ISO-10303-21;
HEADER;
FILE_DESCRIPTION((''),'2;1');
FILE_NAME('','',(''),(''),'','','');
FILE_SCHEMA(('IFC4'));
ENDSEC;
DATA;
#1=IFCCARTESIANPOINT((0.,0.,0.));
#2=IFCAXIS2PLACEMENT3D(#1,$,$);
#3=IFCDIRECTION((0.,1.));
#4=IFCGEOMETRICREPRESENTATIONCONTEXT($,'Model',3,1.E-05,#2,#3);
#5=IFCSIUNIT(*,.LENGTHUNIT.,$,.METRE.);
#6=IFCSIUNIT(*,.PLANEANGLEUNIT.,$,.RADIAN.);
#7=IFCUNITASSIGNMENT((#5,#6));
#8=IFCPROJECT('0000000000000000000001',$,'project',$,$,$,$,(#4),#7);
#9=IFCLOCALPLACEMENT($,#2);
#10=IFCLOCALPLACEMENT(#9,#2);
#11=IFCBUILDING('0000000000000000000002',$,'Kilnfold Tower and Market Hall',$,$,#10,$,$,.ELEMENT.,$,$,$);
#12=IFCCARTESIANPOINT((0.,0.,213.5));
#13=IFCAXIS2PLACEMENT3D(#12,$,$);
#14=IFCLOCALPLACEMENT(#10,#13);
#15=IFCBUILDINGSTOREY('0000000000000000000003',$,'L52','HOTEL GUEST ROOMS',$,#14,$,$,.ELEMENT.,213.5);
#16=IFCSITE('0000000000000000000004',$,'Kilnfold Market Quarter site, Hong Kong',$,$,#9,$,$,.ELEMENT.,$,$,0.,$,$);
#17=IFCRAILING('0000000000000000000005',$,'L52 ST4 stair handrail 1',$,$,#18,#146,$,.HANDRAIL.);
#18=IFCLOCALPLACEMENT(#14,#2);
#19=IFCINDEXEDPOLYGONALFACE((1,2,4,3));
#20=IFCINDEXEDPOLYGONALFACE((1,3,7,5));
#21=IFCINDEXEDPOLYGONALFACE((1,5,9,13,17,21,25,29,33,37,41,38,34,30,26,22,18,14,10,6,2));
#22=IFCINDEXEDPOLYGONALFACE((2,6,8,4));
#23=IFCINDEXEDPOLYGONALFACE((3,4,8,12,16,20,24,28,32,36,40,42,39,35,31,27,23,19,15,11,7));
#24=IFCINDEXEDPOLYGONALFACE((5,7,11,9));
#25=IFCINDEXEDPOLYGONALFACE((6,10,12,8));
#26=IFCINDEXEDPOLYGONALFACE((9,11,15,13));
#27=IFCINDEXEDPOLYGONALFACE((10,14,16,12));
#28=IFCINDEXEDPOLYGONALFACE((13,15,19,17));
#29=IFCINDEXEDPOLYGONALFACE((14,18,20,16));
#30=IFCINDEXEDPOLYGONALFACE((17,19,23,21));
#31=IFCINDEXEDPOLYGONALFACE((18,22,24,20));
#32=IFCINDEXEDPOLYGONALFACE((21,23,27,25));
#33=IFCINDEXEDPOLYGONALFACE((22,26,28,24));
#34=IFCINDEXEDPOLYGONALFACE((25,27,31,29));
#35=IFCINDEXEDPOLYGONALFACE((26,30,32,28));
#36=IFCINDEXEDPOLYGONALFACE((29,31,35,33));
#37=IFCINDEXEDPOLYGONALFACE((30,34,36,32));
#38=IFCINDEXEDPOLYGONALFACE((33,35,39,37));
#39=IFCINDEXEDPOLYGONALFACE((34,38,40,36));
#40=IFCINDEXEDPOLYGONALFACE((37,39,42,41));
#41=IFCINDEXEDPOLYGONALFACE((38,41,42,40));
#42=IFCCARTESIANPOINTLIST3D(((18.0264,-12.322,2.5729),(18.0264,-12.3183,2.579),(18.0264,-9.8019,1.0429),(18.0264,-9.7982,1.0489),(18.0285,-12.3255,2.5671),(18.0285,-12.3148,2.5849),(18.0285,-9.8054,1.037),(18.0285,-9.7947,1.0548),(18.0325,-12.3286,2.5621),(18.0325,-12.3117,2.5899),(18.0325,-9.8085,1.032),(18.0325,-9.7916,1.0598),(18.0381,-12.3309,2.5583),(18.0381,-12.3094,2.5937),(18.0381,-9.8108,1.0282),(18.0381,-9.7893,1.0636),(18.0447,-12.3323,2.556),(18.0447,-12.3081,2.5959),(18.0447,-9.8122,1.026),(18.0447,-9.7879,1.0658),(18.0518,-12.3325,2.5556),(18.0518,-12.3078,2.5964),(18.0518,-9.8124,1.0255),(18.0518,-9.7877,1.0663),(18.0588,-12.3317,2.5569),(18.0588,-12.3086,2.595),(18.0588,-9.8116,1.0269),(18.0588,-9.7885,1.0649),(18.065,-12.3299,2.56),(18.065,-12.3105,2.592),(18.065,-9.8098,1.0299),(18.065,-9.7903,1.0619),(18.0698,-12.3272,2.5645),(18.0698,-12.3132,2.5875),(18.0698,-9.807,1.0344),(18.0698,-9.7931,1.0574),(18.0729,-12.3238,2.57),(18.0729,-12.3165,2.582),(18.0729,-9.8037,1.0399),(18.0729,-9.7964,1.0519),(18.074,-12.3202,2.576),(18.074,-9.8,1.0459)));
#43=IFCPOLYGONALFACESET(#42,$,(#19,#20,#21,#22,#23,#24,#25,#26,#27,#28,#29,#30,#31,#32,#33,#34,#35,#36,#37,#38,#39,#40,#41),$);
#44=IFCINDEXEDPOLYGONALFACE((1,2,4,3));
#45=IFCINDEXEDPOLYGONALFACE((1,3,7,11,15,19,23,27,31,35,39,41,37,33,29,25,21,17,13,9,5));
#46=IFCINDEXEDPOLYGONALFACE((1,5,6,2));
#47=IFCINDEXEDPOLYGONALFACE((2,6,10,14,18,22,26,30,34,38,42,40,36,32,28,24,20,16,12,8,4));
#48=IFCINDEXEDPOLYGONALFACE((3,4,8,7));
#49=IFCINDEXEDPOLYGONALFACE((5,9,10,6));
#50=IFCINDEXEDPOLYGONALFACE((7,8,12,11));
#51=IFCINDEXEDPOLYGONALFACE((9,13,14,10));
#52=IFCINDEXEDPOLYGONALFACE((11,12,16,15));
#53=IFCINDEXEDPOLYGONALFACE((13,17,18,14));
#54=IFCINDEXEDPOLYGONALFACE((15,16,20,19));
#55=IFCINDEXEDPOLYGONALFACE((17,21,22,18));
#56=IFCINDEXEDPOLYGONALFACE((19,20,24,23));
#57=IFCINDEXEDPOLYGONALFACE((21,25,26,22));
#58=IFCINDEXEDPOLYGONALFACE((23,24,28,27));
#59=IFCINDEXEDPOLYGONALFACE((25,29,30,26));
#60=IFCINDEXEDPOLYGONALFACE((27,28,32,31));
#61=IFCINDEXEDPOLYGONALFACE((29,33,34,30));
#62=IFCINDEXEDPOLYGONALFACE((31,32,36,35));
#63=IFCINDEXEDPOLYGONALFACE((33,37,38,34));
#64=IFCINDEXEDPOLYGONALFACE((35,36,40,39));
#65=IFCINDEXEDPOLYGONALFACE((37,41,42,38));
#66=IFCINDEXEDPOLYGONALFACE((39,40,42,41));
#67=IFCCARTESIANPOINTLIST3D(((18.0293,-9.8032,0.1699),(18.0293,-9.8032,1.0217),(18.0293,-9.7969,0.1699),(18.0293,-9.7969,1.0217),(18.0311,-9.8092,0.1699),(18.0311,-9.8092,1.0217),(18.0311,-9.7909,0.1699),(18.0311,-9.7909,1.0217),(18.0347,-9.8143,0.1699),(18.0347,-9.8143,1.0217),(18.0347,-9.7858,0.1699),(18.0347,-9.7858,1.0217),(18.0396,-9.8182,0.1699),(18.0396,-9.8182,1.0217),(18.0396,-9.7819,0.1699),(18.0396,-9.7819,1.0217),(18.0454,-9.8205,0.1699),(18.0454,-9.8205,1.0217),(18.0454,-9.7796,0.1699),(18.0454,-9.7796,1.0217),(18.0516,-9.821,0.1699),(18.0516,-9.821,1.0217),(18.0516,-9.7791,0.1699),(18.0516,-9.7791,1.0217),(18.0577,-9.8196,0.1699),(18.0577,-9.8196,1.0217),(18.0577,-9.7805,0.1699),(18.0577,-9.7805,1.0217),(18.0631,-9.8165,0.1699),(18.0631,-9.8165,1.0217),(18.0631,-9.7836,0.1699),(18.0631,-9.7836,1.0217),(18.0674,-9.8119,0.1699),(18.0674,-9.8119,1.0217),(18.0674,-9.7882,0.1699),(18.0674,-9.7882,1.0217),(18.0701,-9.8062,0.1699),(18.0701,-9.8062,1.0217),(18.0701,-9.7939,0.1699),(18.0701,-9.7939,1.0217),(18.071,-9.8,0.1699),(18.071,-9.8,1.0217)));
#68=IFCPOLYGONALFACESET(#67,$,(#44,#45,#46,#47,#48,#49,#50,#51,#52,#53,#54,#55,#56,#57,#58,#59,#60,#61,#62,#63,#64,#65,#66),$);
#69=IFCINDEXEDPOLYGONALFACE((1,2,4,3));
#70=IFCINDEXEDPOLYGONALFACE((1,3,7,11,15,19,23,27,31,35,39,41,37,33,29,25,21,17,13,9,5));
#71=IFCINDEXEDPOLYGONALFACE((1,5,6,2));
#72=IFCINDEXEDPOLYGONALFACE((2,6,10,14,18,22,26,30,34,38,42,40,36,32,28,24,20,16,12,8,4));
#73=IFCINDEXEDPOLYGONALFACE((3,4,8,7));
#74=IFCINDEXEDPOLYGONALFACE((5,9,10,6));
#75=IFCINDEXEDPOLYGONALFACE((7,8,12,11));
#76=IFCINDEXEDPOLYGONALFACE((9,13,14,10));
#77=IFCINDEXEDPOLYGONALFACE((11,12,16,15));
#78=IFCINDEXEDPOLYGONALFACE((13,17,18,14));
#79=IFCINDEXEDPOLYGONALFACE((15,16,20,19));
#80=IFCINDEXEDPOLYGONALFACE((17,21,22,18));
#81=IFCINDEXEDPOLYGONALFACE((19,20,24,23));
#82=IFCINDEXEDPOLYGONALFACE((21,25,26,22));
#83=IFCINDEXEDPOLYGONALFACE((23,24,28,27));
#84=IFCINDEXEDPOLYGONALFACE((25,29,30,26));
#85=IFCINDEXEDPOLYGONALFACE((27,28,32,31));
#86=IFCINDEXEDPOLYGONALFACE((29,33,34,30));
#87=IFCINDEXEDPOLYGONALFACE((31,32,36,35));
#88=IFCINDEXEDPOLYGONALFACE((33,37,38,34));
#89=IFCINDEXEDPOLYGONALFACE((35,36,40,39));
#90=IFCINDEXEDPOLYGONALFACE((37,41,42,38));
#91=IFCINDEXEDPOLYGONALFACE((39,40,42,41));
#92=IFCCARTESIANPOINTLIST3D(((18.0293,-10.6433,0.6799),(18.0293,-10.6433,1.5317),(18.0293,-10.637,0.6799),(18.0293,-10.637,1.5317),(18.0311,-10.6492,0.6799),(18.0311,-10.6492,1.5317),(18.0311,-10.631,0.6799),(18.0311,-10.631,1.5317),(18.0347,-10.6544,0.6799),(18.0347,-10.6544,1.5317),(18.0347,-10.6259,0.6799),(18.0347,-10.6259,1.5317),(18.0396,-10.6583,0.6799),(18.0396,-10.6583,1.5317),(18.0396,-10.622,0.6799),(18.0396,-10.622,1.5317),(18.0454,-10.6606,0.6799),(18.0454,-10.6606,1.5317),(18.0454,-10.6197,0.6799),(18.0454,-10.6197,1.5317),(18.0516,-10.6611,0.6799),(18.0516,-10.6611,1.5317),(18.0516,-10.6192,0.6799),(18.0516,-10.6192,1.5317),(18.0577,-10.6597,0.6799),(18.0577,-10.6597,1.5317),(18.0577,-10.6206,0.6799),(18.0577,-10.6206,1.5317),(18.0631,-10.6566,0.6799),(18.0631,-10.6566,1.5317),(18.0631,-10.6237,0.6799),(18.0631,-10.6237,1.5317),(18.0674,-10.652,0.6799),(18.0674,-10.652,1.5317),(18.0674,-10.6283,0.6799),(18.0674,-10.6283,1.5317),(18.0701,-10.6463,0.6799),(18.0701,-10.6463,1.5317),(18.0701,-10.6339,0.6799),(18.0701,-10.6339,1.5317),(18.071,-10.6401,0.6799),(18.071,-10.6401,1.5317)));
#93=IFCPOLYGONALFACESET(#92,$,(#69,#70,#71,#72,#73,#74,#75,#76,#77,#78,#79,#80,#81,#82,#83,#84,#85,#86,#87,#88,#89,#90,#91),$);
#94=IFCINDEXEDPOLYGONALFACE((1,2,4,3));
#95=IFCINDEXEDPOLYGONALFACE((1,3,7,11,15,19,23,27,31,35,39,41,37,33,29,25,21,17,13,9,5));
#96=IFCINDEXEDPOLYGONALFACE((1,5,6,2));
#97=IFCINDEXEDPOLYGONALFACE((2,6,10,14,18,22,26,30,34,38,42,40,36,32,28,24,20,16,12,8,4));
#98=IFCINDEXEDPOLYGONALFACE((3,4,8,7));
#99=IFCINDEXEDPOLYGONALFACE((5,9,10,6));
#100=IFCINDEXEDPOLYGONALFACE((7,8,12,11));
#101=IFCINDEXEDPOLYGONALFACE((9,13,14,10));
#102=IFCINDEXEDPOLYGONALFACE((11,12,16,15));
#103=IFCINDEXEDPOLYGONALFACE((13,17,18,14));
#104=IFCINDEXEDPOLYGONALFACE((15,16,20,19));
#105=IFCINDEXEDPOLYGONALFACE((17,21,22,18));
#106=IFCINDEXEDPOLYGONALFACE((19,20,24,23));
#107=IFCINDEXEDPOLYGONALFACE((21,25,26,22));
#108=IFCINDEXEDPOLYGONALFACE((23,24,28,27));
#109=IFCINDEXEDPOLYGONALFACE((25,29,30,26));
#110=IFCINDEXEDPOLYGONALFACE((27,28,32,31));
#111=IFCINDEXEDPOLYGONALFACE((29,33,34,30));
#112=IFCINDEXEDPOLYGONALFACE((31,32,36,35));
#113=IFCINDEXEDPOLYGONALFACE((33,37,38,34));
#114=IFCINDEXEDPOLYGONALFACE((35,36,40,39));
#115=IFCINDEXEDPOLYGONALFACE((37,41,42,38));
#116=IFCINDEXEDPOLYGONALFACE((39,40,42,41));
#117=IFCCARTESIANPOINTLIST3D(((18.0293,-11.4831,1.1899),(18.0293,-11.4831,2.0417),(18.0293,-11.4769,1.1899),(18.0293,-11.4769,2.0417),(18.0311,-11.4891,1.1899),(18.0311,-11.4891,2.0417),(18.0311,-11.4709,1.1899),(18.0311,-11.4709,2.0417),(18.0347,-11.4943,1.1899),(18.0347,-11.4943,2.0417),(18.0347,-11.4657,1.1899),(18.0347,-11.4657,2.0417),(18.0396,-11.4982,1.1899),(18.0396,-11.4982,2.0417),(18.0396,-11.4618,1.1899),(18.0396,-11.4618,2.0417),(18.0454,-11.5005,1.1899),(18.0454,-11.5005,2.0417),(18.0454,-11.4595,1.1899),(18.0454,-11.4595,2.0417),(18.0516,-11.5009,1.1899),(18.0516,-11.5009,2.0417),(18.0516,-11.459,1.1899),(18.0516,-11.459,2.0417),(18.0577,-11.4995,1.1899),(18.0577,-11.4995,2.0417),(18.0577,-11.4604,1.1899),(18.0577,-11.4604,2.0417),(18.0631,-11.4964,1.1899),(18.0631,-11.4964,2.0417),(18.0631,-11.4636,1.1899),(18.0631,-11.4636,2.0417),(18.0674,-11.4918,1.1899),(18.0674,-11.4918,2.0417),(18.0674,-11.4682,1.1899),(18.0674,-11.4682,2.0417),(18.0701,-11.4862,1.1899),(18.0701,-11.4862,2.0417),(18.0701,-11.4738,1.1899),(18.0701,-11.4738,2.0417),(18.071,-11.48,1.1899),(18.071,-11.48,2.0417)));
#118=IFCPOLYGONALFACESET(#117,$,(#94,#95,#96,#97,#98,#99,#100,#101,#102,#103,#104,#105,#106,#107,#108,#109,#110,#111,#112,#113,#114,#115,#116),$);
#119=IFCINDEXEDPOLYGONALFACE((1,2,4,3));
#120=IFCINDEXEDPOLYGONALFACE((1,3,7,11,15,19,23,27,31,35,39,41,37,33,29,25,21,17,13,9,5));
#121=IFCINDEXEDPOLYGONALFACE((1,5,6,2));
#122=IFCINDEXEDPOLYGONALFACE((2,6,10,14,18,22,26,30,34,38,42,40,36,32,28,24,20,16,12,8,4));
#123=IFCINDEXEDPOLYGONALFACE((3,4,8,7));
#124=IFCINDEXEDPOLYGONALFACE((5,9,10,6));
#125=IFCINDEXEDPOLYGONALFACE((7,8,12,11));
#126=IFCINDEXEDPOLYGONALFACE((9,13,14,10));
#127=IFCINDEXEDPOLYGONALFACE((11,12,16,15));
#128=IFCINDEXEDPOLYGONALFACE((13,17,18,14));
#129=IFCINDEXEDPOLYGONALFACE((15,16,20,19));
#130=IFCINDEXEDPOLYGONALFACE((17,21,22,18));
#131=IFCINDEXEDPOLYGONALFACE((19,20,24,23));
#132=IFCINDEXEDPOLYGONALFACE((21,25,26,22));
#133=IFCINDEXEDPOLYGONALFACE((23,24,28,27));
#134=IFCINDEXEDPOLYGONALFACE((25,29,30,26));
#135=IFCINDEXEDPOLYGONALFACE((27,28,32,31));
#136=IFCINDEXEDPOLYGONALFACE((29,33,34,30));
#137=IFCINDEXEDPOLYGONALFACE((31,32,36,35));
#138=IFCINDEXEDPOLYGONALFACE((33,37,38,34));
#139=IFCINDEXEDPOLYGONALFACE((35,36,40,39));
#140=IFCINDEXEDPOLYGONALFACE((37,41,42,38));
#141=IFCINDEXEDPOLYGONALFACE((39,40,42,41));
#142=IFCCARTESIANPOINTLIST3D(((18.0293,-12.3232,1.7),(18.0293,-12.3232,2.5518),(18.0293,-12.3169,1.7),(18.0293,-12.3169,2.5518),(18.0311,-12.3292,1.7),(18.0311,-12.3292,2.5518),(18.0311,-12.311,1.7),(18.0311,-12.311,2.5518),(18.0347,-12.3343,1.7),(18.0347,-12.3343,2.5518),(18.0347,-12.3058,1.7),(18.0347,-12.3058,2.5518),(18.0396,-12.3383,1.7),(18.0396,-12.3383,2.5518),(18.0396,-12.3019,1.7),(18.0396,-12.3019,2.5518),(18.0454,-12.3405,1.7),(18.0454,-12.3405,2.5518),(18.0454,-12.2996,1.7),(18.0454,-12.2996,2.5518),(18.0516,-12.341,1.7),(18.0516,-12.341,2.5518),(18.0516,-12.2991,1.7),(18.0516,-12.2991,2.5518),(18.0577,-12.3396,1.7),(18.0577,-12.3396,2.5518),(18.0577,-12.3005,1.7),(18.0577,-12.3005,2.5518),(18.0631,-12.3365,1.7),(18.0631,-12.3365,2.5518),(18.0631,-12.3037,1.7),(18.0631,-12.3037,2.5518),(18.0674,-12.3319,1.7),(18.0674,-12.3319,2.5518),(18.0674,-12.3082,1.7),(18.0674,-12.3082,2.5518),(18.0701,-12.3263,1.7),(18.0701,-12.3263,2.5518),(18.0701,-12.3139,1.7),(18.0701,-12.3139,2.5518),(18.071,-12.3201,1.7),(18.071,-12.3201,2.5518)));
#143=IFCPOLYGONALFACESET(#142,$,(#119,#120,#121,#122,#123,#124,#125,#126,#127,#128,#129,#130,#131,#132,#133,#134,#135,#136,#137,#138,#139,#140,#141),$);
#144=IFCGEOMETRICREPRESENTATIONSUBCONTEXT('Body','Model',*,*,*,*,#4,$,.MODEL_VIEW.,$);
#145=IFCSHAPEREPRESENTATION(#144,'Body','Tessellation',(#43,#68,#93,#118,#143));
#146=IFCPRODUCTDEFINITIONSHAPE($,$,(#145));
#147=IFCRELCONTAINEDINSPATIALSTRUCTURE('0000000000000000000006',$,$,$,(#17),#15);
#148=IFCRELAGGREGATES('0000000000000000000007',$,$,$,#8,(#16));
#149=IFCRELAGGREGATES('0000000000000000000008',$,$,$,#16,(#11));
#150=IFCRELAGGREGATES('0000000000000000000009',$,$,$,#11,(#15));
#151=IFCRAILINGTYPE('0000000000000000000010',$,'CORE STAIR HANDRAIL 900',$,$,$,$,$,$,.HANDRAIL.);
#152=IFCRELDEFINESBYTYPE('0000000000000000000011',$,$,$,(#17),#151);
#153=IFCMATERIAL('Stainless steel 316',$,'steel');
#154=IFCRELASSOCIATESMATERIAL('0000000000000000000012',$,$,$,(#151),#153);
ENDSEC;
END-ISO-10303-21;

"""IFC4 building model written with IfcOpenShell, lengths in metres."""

from ifc_helpers import new_model, si_unit, direction, frame, origin, origin_2d, place, context, subcontext, project, spatial, circle, extrude, material, type_object, element, save


model = new_model("IFC4")

# Units and contexts
model_context = context("Model", 3, precision=1e-05, world=origin(), true_north=direction((0.0, 1.0)))
body_context = subcontext(model_context, "Body", "Model", "MODEL_VIEW")
ifc_project = project(units=[si_unit("LENGTHUNIT", "METRE"), si_unit("PLANEANGLEUNIT", "RADIAN")], contexts=[model_context])

# Site, building, storey
site_placement = place(None, origin())
site = spatial("IfcSite", under=ifc_project, at=site_placement, Name="Kilnfold Market Quarter site, Hong Kong", CompositionType="ELEMENT", RefElevation=0.0)
building_placement = place(site_placement, origin())
building = spatial("IfcBuilding", under=site, at=building_placement, Name="Kilnfold Tower and Market Hall", CompositionType="ELEMENT")
storey_placement = place(building_placement, frame((0.0, 0.0, 213.5)))
storey = spatial("IfcBuildingStorey", under=building, at=storey_placement, Name="L52", Description="HOTEL GUEST ROOMS", CompositionType="ELEMENT", Elevation=213.5)

# Railing
ifc_material_1 = material(Name="Stainless steel 316", Category="steel")
railing_type_1 = type_object("IfcRailingType", Name="CORE STAIR HANDRAIL 900", PredefinedType="HANDRAIL", material=ifc_material_1)
railing_1_placement = place(storey_placement, frame((18.05, -9.8, 0.1699)))
element("IfcRailing", 1, at=railing_1_placement, inside=storey, type_object=railing_type_1, Name="L52 ST4 stair handrail 1", PredefinedType="HANDRAIL", context=body_context, shape_type="SweptSolid", body=[
    extrude(circle(Radius=0.0239, at=origin_2d()), frame((0.0, 0.0, 0.876), z_axis=(0.0, -0.854785, 0.518982), x_axis=(1.0, 0.0, 0.0)), (0.0, 0.0, 1.0), 2.9482),
    extrude(circle(Radius=0.021, at=origin_2d()), origin(), (0.0, 0.0, 1.0), 0.8518),
    extrude(circle(Radius=0.021, at=origin_2d()), frame((0.0, -0.8401, 0.51)), (0.0, 0.0, 1.0), 0.8518),
    extrude(circle(Radius=0.021, at=origin_2d()), frame((0.0, -1.6799, 1.02)), (0.0, 0.0, 1.0), 0.8518),
    extrude(circle(Radius=0.021, at=origin_2d()), frame((0.0, -2.52, 1.53)), (0.0, 0.0, 1.0), 0.8518),
])

save(model, "model.ifc")
